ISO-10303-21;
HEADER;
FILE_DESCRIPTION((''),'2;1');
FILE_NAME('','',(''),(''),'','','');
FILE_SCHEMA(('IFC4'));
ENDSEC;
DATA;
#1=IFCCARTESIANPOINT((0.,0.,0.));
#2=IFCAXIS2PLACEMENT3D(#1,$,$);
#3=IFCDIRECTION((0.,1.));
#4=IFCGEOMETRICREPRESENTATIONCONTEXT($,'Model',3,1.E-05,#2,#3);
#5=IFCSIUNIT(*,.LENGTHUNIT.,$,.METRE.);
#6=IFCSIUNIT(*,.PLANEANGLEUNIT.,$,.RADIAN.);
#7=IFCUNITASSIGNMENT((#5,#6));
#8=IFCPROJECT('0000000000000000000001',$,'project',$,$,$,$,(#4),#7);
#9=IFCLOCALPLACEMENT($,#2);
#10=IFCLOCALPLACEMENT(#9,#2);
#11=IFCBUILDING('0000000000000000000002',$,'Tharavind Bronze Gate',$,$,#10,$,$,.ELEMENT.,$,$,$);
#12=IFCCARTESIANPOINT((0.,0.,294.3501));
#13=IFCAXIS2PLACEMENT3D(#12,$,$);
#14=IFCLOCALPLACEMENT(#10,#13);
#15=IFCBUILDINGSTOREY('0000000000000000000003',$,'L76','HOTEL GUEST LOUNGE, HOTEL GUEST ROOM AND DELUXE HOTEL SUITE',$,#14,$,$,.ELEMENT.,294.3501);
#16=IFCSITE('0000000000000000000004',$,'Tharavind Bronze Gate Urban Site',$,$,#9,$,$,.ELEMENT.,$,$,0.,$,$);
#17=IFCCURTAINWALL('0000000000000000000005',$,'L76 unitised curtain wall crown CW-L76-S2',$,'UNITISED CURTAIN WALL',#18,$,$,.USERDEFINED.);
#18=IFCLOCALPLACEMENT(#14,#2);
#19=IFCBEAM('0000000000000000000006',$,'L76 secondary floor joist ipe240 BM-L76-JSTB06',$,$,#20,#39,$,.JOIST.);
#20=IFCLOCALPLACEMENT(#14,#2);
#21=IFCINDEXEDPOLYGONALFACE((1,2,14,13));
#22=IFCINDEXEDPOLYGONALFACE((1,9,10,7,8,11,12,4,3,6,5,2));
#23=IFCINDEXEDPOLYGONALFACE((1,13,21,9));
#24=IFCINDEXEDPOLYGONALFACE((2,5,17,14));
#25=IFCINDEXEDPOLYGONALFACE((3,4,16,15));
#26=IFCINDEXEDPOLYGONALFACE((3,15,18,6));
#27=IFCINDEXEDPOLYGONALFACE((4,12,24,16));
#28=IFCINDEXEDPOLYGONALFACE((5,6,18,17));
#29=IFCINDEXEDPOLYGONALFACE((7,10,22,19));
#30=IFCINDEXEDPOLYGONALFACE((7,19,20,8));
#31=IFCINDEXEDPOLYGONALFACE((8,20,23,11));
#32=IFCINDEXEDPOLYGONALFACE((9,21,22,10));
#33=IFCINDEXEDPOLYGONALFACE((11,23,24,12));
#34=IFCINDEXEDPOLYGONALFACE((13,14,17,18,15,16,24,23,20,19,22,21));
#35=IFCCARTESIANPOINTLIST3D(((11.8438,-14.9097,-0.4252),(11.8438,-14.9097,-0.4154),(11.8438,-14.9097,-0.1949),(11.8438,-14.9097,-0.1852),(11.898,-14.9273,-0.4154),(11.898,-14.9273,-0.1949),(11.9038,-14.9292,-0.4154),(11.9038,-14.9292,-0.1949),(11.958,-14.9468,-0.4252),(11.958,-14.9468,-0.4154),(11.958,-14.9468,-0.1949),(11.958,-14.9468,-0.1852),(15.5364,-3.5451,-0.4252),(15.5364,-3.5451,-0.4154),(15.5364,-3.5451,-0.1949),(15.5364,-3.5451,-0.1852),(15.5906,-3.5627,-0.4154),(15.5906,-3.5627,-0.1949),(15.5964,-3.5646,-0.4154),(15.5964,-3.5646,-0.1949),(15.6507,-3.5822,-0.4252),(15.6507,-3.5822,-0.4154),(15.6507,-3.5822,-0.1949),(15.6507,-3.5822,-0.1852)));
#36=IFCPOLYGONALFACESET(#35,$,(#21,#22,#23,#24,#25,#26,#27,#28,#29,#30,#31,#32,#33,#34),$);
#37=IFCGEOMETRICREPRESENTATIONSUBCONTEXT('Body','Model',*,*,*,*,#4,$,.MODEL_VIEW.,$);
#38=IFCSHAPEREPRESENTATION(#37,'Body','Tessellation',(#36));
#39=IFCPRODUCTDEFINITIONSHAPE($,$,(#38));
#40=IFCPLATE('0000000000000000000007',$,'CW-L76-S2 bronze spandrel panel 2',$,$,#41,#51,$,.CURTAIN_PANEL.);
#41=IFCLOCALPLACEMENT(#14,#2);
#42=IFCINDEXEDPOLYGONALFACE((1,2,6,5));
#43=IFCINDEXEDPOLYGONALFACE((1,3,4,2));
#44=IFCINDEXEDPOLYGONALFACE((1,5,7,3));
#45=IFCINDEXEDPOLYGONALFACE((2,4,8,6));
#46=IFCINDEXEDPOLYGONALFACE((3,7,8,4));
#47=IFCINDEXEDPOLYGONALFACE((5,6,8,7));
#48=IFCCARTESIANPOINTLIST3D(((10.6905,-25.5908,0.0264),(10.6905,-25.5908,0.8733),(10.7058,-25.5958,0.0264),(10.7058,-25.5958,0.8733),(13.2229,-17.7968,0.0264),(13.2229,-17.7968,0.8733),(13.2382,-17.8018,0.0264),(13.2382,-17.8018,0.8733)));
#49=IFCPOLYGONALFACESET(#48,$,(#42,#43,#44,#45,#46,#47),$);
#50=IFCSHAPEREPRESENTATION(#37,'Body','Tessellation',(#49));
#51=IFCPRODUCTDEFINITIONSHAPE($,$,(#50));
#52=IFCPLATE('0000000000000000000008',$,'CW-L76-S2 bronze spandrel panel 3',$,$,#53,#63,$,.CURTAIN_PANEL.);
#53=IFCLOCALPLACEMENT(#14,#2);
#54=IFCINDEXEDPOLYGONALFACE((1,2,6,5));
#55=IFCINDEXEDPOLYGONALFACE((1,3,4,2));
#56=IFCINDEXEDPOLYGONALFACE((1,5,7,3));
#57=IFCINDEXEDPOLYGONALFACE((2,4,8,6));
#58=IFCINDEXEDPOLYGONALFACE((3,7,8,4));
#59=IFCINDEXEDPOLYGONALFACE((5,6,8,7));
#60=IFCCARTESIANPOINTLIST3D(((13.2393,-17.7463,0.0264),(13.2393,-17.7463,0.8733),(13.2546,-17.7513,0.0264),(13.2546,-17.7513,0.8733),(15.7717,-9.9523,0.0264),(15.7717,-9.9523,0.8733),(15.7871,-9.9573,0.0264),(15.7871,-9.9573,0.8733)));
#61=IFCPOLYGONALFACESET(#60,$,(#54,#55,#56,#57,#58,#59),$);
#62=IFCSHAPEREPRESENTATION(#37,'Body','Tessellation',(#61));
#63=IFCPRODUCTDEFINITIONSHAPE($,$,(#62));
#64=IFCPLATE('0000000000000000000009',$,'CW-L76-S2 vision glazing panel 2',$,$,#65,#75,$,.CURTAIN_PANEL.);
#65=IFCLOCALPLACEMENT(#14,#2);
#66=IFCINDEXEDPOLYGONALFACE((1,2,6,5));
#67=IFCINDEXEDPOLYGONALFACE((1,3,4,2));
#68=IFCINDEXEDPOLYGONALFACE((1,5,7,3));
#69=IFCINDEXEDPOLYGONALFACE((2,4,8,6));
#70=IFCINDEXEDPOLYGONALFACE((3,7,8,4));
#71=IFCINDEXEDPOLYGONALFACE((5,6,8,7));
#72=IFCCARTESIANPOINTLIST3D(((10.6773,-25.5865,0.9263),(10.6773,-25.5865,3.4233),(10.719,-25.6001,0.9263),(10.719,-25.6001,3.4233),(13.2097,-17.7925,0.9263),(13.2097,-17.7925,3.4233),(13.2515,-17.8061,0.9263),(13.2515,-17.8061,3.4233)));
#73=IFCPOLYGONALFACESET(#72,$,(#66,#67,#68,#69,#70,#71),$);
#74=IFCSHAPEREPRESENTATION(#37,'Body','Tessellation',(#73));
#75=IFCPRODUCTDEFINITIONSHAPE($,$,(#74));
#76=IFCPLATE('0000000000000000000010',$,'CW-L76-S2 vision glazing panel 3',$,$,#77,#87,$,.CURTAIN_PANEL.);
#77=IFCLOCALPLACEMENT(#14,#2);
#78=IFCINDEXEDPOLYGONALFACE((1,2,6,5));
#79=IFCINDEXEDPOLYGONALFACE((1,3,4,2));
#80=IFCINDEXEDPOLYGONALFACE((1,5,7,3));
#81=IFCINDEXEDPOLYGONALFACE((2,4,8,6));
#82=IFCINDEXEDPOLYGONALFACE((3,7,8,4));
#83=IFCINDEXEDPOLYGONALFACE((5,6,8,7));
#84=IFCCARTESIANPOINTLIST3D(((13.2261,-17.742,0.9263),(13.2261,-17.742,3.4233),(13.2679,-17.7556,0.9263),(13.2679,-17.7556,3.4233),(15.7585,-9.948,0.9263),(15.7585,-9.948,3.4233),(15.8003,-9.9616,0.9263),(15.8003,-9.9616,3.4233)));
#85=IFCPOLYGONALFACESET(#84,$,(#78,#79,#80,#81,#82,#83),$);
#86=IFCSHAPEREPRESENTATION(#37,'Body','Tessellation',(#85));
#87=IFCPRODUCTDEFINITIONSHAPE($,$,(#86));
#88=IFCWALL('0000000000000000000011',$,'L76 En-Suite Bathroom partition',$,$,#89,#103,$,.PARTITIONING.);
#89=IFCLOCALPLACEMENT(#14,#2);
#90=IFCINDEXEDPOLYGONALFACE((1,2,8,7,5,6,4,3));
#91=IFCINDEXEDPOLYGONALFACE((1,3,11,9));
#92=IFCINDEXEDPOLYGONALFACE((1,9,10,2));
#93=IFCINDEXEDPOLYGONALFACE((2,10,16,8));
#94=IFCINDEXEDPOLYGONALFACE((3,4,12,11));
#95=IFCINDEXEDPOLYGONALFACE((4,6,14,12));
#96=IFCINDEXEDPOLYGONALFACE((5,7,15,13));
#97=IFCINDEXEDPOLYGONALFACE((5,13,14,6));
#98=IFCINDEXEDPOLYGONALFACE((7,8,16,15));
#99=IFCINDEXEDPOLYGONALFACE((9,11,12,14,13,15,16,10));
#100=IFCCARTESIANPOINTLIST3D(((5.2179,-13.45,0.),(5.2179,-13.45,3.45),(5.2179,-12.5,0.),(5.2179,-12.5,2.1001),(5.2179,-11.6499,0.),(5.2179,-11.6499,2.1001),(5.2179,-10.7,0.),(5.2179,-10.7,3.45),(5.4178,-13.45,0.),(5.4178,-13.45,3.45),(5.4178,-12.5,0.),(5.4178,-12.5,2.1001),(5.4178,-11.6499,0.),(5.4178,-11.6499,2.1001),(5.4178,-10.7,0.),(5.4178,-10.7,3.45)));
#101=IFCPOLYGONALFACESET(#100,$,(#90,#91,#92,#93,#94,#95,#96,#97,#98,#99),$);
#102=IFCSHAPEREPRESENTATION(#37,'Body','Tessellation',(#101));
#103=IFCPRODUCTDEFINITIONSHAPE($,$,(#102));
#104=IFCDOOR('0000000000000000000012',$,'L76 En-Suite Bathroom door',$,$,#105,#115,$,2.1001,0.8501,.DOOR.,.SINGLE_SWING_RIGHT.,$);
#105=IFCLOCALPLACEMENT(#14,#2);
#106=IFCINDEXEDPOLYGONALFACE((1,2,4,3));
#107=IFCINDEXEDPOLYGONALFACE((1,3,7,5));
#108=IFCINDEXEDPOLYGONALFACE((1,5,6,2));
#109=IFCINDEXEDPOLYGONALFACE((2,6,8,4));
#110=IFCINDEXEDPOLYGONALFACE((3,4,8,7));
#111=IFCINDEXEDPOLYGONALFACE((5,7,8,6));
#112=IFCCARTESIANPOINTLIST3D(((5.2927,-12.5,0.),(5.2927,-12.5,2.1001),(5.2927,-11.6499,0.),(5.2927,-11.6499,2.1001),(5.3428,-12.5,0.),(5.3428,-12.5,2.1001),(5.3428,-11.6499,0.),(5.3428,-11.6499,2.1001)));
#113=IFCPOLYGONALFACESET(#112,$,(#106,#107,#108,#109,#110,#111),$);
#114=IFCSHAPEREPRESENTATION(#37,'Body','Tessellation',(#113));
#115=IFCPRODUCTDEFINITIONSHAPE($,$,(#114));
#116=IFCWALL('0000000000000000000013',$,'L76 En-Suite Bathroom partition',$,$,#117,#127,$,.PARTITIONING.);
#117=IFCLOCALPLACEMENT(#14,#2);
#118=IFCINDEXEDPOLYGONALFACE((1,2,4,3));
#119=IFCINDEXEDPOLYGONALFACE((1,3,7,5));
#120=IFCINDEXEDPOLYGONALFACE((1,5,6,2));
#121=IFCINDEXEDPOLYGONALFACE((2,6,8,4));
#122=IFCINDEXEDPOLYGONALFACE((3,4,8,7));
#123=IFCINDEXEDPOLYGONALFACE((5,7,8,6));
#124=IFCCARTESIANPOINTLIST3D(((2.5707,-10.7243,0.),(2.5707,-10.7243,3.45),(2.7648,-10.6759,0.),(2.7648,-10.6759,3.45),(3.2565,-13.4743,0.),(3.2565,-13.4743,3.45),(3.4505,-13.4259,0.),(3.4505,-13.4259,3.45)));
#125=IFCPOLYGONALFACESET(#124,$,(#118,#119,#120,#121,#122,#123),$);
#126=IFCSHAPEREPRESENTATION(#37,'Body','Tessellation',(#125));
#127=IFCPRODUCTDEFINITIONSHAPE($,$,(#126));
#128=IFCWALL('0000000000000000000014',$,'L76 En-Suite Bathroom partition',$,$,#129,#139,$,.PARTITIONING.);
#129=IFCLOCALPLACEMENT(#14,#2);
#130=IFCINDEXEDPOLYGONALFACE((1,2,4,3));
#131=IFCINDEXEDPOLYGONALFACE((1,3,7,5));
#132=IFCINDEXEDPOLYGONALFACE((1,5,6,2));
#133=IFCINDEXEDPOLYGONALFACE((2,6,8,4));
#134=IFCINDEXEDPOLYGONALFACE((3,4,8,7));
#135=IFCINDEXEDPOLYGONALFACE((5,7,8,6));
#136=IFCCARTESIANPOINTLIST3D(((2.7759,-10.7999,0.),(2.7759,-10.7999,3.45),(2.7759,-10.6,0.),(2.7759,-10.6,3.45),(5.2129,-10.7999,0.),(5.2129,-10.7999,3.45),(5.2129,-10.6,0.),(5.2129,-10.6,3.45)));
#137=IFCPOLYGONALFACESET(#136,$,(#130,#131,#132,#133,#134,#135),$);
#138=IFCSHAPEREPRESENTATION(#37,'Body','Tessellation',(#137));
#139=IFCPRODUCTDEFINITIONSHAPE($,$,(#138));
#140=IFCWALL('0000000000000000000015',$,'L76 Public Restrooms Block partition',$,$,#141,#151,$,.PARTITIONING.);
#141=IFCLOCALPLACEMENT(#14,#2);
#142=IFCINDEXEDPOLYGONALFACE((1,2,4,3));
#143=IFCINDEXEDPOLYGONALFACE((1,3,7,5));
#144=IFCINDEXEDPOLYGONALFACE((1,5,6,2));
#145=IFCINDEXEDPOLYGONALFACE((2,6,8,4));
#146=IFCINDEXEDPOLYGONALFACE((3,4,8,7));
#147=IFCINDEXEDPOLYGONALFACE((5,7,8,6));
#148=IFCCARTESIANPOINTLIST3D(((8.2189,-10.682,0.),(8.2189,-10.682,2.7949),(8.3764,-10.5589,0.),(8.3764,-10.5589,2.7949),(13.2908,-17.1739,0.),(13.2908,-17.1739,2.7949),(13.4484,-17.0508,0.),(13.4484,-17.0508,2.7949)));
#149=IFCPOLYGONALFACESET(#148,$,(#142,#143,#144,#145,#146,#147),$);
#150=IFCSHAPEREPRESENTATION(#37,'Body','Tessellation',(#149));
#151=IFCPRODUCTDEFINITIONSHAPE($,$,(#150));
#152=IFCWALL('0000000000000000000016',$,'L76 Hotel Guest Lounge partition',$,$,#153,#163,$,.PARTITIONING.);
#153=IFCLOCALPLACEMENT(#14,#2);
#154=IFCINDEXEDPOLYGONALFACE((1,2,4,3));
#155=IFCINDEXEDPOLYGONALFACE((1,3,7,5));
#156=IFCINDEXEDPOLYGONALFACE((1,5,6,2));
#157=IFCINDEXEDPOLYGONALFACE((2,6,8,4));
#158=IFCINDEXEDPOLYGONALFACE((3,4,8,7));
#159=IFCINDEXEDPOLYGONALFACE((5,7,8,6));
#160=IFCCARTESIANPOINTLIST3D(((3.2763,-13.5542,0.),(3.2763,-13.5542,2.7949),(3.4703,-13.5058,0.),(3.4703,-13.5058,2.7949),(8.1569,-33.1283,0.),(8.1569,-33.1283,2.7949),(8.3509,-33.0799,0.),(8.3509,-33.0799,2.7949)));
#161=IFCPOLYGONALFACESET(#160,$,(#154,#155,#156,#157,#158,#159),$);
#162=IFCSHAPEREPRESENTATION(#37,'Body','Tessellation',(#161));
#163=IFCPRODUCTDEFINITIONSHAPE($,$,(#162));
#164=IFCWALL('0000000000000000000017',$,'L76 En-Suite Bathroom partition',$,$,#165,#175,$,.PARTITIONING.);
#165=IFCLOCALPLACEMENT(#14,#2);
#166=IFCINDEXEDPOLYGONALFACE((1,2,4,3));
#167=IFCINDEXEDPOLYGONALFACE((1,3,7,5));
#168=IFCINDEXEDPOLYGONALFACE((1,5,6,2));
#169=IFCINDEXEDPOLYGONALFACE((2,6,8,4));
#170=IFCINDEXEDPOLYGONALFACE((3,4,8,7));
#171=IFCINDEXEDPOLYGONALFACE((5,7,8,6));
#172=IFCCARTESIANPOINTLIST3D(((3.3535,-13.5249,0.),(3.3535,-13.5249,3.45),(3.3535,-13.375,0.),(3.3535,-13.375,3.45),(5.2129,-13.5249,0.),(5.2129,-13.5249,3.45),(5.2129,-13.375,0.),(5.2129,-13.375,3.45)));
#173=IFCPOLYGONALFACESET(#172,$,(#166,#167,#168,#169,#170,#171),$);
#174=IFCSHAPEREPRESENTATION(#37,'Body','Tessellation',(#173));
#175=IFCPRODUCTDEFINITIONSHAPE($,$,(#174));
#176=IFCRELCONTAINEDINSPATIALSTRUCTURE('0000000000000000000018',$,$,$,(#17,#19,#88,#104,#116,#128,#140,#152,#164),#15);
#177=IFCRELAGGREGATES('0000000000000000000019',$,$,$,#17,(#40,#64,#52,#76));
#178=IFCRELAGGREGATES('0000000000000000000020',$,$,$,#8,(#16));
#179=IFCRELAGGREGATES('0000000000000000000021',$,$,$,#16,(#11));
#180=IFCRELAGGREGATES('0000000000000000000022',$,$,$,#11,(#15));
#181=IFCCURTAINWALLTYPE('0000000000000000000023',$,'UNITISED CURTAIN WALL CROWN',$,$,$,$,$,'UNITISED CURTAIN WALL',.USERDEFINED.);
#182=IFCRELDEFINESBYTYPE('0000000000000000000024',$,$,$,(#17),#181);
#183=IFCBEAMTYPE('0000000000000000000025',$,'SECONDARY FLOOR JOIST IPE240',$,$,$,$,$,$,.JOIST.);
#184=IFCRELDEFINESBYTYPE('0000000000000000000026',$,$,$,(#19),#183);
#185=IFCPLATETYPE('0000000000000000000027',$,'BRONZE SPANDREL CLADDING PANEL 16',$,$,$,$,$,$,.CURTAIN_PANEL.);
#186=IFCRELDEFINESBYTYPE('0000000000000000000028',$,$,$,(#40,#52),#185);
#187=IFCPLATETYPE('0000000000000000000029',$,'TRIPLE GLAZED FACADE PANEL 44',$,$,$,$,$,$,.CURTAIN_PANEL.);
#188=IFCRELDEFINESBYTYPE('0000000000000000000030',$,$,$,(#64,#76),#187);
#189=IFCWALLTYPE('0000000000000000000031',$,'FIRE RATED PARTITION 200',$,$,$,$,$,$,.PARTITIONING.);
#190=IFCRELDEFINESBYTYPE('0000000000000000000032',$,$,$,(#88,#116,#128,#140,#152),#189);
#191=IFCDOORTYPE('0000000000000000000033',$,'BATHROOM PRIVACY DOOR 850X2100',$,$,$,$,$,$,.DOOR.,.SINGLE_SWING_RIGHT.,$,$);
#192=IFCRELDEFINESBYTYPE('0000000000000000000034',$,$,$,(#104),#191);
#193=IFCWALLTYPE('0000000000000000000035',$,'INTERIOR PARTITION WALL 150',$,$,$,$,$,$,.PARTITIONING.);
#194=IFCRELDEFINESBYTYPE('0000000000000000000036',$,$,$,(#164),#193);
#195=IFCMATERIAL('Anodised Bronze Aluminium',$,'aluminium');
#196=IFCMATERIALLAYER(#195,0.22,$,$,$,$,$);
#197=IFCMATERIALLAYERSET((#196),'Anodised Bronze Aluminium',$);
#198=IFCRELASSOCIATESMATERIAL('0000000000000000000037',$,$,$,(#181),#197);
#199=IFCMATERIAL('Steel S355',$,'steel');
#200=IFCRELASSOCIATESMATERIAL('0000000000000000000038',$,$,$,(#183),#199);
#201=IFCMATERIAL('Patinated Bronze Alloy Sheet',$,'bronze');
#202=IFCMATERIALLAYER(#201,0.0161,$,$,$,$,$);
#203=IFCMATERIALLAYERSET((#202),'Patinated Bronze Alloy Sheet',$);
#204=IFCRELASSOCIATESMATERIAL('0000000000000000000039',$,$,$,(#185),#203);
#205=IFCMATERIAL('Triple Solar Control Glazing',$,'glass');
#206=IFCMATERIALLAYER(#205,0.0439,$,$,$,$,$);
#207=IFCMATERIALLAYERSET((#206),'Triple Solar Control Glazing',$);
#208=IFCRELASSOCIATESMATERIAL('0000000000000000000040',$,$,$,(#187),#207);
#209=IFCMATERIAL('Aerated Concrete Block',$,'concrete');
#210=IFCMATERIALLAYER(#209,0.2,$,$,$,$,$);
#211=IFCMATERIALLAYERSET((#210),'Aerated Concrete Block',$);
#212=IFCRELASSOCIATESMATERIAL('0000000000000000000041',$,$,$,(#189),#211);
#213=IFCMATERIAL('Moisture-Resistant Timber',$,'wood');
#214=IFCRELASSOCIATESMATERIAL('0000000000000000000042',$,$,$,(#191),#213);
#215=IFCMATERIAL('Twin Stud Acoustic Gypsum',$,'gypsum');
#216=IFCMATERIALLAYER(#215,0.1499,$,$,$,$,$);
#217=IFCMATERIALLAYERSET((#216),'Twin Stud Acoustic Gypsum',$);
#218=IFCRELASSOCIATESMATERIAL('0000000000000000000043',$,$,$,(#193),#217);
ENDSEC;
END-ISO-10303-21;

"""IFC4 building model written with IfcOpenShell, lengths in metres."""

from ifc_helpers import new_model, si_unit, direction, frame, frame_2d, origin, origin_2d, place, context, subcontext, project, spatial, rectangle, i_section, extrude, material, layer, layer_set, material_profile, profile_set, type_object, element, fill, aggregate, save


model = new_model("IFC4")

# Units and contexts
model_context = context("Model", 3, precision=1e-05, world=origin(), true_north=direction((0.0, 1.0)))
body_context = subcontext(model_context, "Body", "Model", "MODEL_VIEW")
ifc_project = project(units=[si_unit("LENGTHUNIT", "METRE"), si_unit("PLANEANGLEUNIT", "RADIAN")], contexts=[model_context])

# Site, building, storey
site_placement = place(None, origin())
site = spatial("IfcSite", under=ifc_project, at=site_placement, Name="Tharavind Bronze Gate Urban Site", CompositionType="ELEMENT", RefElevation=0.0)
building_placement = place(site_placement, origin())
building = spatial("IfcBuilding", under=site, at=building_placement, Name="Tharavind Bronze Gate", CompositionType="ELEMENT")
storey_placement = place(building_placement, frame((0.0, 0.0, 294.3501)))
storey = spatial("IfcBuildingStorey", under=building, at=storey_placement, Name="L76", Description="HOTEL GUEST LOUNGE, HOTEL GUEST ROOM AND DELUXE HOTEL SUITE", CompositionType="ELEMENT", Elevation=294.3501)

# Curtain wall
ifc_material_1 = material(Name="Anodised Bronze Aluminium", Category="aluminium")
ifc_layer_1 = layer(ifc_material_1, 0.22)
ifc_layer_set_1 = layer_set([ifc_layer_1], Name="Anodised Bronze Aluminium")
curtain_wall_type = type_object("IfcCurtainWallType", Name="UNITISED CURTAIN WALL CROWN", ElementType="UNITISED CURTAIN WALL", PredefinedType="USERDEFINED", material=ifc_layer_set_1)
curtain_wall_placement = place(storey_placement, origin())
curtain_wall = element("IfcCurtainWall", 1, at=curtain_wall_placement, inside=storey, type_object=curtain_wall_type, Name="L76 unitised curtain wall crown CW-L76-S2", ObjectType="UNITISED CURTAIN WALL", PredefinedType="USERDEFINED")

# Beam
ifc_material_2 = material(Name="Steel S355", Category="steel")
ifc_material_profile_1 = material_profile(ifc_material_2, i_section(OverallWidth=0.1201, OverallDepth=0.24, WebThickness=0.0061, FlangeThickness=0.0098, at=origin_2d()), Name="IPE240")
ifc_profile_set_1 = profile_set([ifc_material_profile_1], Name="Steel S355")
beam_type_1 = type_object("IfcBeamType", Name="SECONDARY FLOOR JOIST IPE240", PredefinedType="JOIST", material=ifc_profile_set_1)
beam_1_placement = place(storey_placement, frame((11.9009, -14.9282, -0.3052), z_axis=(0.309023, 0.951055, 0.0), x_axis=(-0.951055, 0.309023, 0.0)))
element("IfcBeam", 2, at=beam_1_placement, inside=storey, type_object=beam_type_1, Name="L76 secondary floor joist ipe240 BM-L76-JSTB06", PredefinedType="JOIST", context=body_context, shape_type="SweptSolid", body=[
    extrude(i_section(OverallWidth=0.1201, OverallDepth=0.24, WebThickness=0.0061, FlangeThickness=0.0098, at=origin_2d()), origin(), (0.0, 0.0, 1.0), 11.9495),
])

# Plates
ifc_material_3 = material(Name="Patinated Bronze Alloy Sheet", Category="bronze")
ifc_layer_2 = layer(ifc_material_3, 0.0161)
ifc_layer_set_2 = layer_set([ifc_layer_2], Name="Patinated Bronze Alloy Sheet")
plate_type_1 = type_object("IfcPlateType", Name="BRONZE SPANDREL CLADDING PANEL 16", PredefinedType="CURTAIN_PANEL", material=ifc_layer_set_2)
plate_1_placement = place(storey_placement, frame((11.9644, -21.6963, 0.0264), z_axis=(0.0, 0.0, 1.0), x_axis=(0.309017, 0.951057, 0.0)))
plate_1 = element("IfcPlate", 3, at=plate_1_placement, type_object=plate_type_1, Name="CW-L76-S2 bronze spandrel panel 2", PredefinedType="CURTAIN_PANEL", context=body_context, shape_type="SweptSolid", body=[
    extrude(rectangle(XDim=8.1951, YDim=0.0161, at=origin_2d()), origin(), (0.0, 0.0, 1.0), 0.8469),
])
plate_2_placement = place(storey_placement, frame((14.5132, -13.8518, 0.0264), z_axis=(0.0, 0.0, 1.0), x_axis=(0.309017, 0.951057, 0.0)))
plate_2 = element("IfcPlate", 4, at=plate_2_placement, type_object=plate_type_1, Name="CW-L76-S2 bronze spandrel panel 3", PredefinedType="CURTAIN_PANEL", context=body_context, shape_type="SweptSolid", body=[
    extrude(rectangle(XDim=8.1951, YDim=0.0161, at=origin_2d()), origin(), (0.0, 0.0, 1.0), 0.8469),
])
ifc_material_4 = material(Name="Triple Solar Control Glazing", Category="glass")
ifc_layer_3 = layer(ifc_material_4, 0.0439)
ifc_layer_set_3 = layer_set([ifc_layer_3], Name="Triple Solar Control Glazing")
plate_type_2 = type_object("IfcPlateType", Name="TRIPLE GLAZED FACADE PANEL 44", PredefinedType="CURTAIN_PANEL", material=ifc_layer_set_3)
plate_3_placement = place(storey_placement, frame((11.9644, -21.6963, 0.9263), z_axis=(0.0, 0.0, 1.0), x_axis=(0.309017, 0.951057, 0.0)))
plate_3 = element("IfcPlate", 5, at=plate_3_placement, type_object=plate_type_2, Name="CW-L76-S2 vision glazing panel 2", PredefinedType="CURTAIN_PANEL", context=body_context, shape_type="SweptSolid", body=[
    extrude(rectangle(XDim=8.1951, YDim=0.0439, at=origin_2d()), origin(), (0.0, 0.0, 1.0), 2.4971),
])
plate_4_placement = place(storey_placement, frame((14.5132, -13.8518, 0.9263), z_axis=(0.0, 0.0, 1.0), x_axis=(0.309017, 0.951057, 0.0)))
plate_4 = element("IfcPlate", 6, at=plate_4_placement, type_object=plate_type_2, Name="CW-L76-S2 vision glazing panel 3", PredefinedType="CURTAIN_PANEL", context=body_context, shape_type="SweptSolid", body=[
    extrude(rectangle(XDim=8.1951, YDim=0.0439, at=origin_2d()), origin(), (0.0, 0.0, 1.0), 2.4971),
])
aggregate(curtain_wall, [plate_1, plate_3, plate_2, plate_4])

# Wall, opening, door
ifc_material_5 = material(Name="Aerated Concrete Block", Category="concrete")
ifc_layer_4 = layer(ifc_material_5, 0.2)
ifc_layer_set_4 = layer_set([ifc_layer_4], Name="Aerated Concrete Block")
wall_type_1 = type_object("IfcWallType", Name="FIRE RATED PARTITION 200", PredefinedType="PARTITIONING", material=ifc_layer_set_4)
wall_1_placement = place(storey_placement, frame((5.3179, -10.7, 0.0), z_axis=(0.0, 0.0, 1.0), x_axis=(0.0, -1.0, 0.0)))
wall_1 = element("IfcWall", 7, at=wall_1_placement, inside=storey, type_object=wall_type_1, Name="L76 En-Suite Bathroom partition", PredefinedType="PARTITIONING", context=body_context, shape_type="SweptSolid", body=[
    extrude(rectangle(XDim=2.75, YDim=0.2, at=frame_2d((1.375, 0.0))), origin(), (0.0, 0.0, 1.0), 3.45),
])
opening_1_placement = place(wall_1_placement, frame((0.95, 0.0, 0.0)))
opening_1 = element("IfcOpeningElement", 8, at=opening_1_placement, cuts=wall_1, PredefinedType="OPENING", context=body_context, shape_type="SweptSolid", body=[
    extrude(rectangle(XDim=0.8501, YDim=2.1001, at=frame_2d((0.425, 1.05))), frame((0.0, 0.1101, 0.0), z_axis=(0.0, -1.0, 0.0), x_axis=(1.0, 0.0, 0.0)), (0.0, 0.0, 1.0), 0.22),
])
ifc_material_6 = material(Name="Moisture-Resistant Timber", Category="wood")
door_type_1 = type_object("IfcDoorType", Name="BATHROOM PRIVACY DOOR 850X2100", OperationType="SINGLE_SWING_RIGHT", PredefinedType="DOOR", material=ifc_material_6)
door_1_placement = place(opening_1_placement, origin())
door_1 = element("IfcDoor", 9, at=door_1_placement, inside=storey, type_object=door_type_1, Name="L76 En-Suite Bathroom door", OperationType="SINGLE_SWING_RIGHT", OverallHeight=2.1001, OverallWidth=0.8501, PredefinedType="DOOR", context=body_context, shape_type="SweptSolid", body=[
    extrude(rectangle(XDim=0.8501, YDim=2.1001, at=frame_2d((0.425, 1.05))), frame((0.0, 0.0249, 0.0), z_axis=(0.0, -1.0, 0.0), x_axis=(1.0, 0.0, 0.0)), (0.0, 0.0, 1.0), 0.05),
])
fill(opening_1, door_1)

# Walls
wall_2_placement = place(storey_placement, frame((3.3535, -13.45, 0.0), z_axis=(0.0, 0.0, 1.0), x_axis=(-0.241968, 0.970284, 0.0)))
element("IfcWall", 10, at=wall_2_placement, inside=storey, type_object=wall_type_1, Name="L76 En-Suite Bathroom partition", PredefinedType="PARTITIONING", context=body_context, shape_type="SweptSolid", body=[
    extrude(rectangle(XDim=2.8342, YDim=0.2, at=frame_2d((1.417, 0.0))), origin(), (0.0, 0.0, 1.0), 3.45),
])
wall_3_placement = place(storey_placement, frame((2.7759, -10.7, 0.0), z_axis=(0.0, 0.0, 1.0), x_axis=(1.0, 0.0, 0.0)))
element("IfcWall", 11, at=wall_3_placement, inside=storey, type_object=wall_type_1, Name="L76 En-Suite Bathroom partition", PredefinedType="PARTITIONING", context=body_context, shape_type="SweptSolid", body=[
    extrude(rectangle(XDim=2.437, YDim=0.2, at=frame_2d((1.2185, 0.0))), origin(), (0.0, 0.0, 1.0), 3.45),
])
wall_4_placement = place(storey_placement, frame((13.3696, -17.1123, 0.0), z_axis=(0.0, 0.0, 1.0), x_axis=(-0.615658, 0.788013, 0.0)))
element("IfcWall", 12, at=wall_4_placement, inside=storey, type_object=wall_type_1, Name="L76 Public Restrooms Block partition", PredefinedType="PARTITIONING", context=body_context, shape_type="SweptSolid", body=[
    extrude(rectangle(XDim=8.2383, YDim=0.2, at=frame_2d((4.1191, 0.0))), origin(), (0.0, 0.0, 1.0), 2.7949),
])
wall_5_placement = place(storey_placement, frame((3.3733, -13.53, 0.0), z_axis=(0.0, 0.0, 1.0), x_axis=(0.241935, -0.970293, 0.0)))
element("IfcWall", 13, at=wall_5_placement, inside=storey, type_object=wall_type_1, Name="L76 Hotel Guest Lounge partition", PredefinedType="PARTITIONING", context=body_context, shape_type="SweptSolid", body=[
    extrude(rectangle(XDim=20.1733, YDim=0.2, at=frame_2d((10.0867, 0.0))), origin(), (0.0, 0.0, 1.0), 2.7949),
])

# Wall
ifc_material_7 = material(Name="Twin Stud Acoustic Gypsum", Category="gypsum")
ifc_layer_5 = layer(ifc_material_7, 0.1499)
ifc_layer_set_5 = layer_set([ifc_layer_5], Name="Twin Stud Acoustic Gypsum")
wall_type_2 = type_object("IfcWallType", Name="INTERIOR PARTITION WALL 150", PredefinedType="PARTITIONING", material=ifc_layer_set_5)
wall_6_placement = place(storey_placement, frame((5.2129, -13.45, 0.0), z_axis=(0.0, 0.0, 1.0), x_axis=(-1.0, 0.0, 0.0)))
element("IfcWall", 14, at=wall_6_placement, inside=storey, type_object=wall_type_2, Name="L76 En-Suite Bathroom partition", PredefinedType="PARTITIONING", context=body_context, shape_type="SweptSolid", body=[
    extrude(rectangle(XDim=1.8594, YDim=0.1499, at=frame_2d((0.9297, 0.0))), origin(), (0.0, 0.0, 1.0), 3.45),
])

save(model, "model.ifc")
